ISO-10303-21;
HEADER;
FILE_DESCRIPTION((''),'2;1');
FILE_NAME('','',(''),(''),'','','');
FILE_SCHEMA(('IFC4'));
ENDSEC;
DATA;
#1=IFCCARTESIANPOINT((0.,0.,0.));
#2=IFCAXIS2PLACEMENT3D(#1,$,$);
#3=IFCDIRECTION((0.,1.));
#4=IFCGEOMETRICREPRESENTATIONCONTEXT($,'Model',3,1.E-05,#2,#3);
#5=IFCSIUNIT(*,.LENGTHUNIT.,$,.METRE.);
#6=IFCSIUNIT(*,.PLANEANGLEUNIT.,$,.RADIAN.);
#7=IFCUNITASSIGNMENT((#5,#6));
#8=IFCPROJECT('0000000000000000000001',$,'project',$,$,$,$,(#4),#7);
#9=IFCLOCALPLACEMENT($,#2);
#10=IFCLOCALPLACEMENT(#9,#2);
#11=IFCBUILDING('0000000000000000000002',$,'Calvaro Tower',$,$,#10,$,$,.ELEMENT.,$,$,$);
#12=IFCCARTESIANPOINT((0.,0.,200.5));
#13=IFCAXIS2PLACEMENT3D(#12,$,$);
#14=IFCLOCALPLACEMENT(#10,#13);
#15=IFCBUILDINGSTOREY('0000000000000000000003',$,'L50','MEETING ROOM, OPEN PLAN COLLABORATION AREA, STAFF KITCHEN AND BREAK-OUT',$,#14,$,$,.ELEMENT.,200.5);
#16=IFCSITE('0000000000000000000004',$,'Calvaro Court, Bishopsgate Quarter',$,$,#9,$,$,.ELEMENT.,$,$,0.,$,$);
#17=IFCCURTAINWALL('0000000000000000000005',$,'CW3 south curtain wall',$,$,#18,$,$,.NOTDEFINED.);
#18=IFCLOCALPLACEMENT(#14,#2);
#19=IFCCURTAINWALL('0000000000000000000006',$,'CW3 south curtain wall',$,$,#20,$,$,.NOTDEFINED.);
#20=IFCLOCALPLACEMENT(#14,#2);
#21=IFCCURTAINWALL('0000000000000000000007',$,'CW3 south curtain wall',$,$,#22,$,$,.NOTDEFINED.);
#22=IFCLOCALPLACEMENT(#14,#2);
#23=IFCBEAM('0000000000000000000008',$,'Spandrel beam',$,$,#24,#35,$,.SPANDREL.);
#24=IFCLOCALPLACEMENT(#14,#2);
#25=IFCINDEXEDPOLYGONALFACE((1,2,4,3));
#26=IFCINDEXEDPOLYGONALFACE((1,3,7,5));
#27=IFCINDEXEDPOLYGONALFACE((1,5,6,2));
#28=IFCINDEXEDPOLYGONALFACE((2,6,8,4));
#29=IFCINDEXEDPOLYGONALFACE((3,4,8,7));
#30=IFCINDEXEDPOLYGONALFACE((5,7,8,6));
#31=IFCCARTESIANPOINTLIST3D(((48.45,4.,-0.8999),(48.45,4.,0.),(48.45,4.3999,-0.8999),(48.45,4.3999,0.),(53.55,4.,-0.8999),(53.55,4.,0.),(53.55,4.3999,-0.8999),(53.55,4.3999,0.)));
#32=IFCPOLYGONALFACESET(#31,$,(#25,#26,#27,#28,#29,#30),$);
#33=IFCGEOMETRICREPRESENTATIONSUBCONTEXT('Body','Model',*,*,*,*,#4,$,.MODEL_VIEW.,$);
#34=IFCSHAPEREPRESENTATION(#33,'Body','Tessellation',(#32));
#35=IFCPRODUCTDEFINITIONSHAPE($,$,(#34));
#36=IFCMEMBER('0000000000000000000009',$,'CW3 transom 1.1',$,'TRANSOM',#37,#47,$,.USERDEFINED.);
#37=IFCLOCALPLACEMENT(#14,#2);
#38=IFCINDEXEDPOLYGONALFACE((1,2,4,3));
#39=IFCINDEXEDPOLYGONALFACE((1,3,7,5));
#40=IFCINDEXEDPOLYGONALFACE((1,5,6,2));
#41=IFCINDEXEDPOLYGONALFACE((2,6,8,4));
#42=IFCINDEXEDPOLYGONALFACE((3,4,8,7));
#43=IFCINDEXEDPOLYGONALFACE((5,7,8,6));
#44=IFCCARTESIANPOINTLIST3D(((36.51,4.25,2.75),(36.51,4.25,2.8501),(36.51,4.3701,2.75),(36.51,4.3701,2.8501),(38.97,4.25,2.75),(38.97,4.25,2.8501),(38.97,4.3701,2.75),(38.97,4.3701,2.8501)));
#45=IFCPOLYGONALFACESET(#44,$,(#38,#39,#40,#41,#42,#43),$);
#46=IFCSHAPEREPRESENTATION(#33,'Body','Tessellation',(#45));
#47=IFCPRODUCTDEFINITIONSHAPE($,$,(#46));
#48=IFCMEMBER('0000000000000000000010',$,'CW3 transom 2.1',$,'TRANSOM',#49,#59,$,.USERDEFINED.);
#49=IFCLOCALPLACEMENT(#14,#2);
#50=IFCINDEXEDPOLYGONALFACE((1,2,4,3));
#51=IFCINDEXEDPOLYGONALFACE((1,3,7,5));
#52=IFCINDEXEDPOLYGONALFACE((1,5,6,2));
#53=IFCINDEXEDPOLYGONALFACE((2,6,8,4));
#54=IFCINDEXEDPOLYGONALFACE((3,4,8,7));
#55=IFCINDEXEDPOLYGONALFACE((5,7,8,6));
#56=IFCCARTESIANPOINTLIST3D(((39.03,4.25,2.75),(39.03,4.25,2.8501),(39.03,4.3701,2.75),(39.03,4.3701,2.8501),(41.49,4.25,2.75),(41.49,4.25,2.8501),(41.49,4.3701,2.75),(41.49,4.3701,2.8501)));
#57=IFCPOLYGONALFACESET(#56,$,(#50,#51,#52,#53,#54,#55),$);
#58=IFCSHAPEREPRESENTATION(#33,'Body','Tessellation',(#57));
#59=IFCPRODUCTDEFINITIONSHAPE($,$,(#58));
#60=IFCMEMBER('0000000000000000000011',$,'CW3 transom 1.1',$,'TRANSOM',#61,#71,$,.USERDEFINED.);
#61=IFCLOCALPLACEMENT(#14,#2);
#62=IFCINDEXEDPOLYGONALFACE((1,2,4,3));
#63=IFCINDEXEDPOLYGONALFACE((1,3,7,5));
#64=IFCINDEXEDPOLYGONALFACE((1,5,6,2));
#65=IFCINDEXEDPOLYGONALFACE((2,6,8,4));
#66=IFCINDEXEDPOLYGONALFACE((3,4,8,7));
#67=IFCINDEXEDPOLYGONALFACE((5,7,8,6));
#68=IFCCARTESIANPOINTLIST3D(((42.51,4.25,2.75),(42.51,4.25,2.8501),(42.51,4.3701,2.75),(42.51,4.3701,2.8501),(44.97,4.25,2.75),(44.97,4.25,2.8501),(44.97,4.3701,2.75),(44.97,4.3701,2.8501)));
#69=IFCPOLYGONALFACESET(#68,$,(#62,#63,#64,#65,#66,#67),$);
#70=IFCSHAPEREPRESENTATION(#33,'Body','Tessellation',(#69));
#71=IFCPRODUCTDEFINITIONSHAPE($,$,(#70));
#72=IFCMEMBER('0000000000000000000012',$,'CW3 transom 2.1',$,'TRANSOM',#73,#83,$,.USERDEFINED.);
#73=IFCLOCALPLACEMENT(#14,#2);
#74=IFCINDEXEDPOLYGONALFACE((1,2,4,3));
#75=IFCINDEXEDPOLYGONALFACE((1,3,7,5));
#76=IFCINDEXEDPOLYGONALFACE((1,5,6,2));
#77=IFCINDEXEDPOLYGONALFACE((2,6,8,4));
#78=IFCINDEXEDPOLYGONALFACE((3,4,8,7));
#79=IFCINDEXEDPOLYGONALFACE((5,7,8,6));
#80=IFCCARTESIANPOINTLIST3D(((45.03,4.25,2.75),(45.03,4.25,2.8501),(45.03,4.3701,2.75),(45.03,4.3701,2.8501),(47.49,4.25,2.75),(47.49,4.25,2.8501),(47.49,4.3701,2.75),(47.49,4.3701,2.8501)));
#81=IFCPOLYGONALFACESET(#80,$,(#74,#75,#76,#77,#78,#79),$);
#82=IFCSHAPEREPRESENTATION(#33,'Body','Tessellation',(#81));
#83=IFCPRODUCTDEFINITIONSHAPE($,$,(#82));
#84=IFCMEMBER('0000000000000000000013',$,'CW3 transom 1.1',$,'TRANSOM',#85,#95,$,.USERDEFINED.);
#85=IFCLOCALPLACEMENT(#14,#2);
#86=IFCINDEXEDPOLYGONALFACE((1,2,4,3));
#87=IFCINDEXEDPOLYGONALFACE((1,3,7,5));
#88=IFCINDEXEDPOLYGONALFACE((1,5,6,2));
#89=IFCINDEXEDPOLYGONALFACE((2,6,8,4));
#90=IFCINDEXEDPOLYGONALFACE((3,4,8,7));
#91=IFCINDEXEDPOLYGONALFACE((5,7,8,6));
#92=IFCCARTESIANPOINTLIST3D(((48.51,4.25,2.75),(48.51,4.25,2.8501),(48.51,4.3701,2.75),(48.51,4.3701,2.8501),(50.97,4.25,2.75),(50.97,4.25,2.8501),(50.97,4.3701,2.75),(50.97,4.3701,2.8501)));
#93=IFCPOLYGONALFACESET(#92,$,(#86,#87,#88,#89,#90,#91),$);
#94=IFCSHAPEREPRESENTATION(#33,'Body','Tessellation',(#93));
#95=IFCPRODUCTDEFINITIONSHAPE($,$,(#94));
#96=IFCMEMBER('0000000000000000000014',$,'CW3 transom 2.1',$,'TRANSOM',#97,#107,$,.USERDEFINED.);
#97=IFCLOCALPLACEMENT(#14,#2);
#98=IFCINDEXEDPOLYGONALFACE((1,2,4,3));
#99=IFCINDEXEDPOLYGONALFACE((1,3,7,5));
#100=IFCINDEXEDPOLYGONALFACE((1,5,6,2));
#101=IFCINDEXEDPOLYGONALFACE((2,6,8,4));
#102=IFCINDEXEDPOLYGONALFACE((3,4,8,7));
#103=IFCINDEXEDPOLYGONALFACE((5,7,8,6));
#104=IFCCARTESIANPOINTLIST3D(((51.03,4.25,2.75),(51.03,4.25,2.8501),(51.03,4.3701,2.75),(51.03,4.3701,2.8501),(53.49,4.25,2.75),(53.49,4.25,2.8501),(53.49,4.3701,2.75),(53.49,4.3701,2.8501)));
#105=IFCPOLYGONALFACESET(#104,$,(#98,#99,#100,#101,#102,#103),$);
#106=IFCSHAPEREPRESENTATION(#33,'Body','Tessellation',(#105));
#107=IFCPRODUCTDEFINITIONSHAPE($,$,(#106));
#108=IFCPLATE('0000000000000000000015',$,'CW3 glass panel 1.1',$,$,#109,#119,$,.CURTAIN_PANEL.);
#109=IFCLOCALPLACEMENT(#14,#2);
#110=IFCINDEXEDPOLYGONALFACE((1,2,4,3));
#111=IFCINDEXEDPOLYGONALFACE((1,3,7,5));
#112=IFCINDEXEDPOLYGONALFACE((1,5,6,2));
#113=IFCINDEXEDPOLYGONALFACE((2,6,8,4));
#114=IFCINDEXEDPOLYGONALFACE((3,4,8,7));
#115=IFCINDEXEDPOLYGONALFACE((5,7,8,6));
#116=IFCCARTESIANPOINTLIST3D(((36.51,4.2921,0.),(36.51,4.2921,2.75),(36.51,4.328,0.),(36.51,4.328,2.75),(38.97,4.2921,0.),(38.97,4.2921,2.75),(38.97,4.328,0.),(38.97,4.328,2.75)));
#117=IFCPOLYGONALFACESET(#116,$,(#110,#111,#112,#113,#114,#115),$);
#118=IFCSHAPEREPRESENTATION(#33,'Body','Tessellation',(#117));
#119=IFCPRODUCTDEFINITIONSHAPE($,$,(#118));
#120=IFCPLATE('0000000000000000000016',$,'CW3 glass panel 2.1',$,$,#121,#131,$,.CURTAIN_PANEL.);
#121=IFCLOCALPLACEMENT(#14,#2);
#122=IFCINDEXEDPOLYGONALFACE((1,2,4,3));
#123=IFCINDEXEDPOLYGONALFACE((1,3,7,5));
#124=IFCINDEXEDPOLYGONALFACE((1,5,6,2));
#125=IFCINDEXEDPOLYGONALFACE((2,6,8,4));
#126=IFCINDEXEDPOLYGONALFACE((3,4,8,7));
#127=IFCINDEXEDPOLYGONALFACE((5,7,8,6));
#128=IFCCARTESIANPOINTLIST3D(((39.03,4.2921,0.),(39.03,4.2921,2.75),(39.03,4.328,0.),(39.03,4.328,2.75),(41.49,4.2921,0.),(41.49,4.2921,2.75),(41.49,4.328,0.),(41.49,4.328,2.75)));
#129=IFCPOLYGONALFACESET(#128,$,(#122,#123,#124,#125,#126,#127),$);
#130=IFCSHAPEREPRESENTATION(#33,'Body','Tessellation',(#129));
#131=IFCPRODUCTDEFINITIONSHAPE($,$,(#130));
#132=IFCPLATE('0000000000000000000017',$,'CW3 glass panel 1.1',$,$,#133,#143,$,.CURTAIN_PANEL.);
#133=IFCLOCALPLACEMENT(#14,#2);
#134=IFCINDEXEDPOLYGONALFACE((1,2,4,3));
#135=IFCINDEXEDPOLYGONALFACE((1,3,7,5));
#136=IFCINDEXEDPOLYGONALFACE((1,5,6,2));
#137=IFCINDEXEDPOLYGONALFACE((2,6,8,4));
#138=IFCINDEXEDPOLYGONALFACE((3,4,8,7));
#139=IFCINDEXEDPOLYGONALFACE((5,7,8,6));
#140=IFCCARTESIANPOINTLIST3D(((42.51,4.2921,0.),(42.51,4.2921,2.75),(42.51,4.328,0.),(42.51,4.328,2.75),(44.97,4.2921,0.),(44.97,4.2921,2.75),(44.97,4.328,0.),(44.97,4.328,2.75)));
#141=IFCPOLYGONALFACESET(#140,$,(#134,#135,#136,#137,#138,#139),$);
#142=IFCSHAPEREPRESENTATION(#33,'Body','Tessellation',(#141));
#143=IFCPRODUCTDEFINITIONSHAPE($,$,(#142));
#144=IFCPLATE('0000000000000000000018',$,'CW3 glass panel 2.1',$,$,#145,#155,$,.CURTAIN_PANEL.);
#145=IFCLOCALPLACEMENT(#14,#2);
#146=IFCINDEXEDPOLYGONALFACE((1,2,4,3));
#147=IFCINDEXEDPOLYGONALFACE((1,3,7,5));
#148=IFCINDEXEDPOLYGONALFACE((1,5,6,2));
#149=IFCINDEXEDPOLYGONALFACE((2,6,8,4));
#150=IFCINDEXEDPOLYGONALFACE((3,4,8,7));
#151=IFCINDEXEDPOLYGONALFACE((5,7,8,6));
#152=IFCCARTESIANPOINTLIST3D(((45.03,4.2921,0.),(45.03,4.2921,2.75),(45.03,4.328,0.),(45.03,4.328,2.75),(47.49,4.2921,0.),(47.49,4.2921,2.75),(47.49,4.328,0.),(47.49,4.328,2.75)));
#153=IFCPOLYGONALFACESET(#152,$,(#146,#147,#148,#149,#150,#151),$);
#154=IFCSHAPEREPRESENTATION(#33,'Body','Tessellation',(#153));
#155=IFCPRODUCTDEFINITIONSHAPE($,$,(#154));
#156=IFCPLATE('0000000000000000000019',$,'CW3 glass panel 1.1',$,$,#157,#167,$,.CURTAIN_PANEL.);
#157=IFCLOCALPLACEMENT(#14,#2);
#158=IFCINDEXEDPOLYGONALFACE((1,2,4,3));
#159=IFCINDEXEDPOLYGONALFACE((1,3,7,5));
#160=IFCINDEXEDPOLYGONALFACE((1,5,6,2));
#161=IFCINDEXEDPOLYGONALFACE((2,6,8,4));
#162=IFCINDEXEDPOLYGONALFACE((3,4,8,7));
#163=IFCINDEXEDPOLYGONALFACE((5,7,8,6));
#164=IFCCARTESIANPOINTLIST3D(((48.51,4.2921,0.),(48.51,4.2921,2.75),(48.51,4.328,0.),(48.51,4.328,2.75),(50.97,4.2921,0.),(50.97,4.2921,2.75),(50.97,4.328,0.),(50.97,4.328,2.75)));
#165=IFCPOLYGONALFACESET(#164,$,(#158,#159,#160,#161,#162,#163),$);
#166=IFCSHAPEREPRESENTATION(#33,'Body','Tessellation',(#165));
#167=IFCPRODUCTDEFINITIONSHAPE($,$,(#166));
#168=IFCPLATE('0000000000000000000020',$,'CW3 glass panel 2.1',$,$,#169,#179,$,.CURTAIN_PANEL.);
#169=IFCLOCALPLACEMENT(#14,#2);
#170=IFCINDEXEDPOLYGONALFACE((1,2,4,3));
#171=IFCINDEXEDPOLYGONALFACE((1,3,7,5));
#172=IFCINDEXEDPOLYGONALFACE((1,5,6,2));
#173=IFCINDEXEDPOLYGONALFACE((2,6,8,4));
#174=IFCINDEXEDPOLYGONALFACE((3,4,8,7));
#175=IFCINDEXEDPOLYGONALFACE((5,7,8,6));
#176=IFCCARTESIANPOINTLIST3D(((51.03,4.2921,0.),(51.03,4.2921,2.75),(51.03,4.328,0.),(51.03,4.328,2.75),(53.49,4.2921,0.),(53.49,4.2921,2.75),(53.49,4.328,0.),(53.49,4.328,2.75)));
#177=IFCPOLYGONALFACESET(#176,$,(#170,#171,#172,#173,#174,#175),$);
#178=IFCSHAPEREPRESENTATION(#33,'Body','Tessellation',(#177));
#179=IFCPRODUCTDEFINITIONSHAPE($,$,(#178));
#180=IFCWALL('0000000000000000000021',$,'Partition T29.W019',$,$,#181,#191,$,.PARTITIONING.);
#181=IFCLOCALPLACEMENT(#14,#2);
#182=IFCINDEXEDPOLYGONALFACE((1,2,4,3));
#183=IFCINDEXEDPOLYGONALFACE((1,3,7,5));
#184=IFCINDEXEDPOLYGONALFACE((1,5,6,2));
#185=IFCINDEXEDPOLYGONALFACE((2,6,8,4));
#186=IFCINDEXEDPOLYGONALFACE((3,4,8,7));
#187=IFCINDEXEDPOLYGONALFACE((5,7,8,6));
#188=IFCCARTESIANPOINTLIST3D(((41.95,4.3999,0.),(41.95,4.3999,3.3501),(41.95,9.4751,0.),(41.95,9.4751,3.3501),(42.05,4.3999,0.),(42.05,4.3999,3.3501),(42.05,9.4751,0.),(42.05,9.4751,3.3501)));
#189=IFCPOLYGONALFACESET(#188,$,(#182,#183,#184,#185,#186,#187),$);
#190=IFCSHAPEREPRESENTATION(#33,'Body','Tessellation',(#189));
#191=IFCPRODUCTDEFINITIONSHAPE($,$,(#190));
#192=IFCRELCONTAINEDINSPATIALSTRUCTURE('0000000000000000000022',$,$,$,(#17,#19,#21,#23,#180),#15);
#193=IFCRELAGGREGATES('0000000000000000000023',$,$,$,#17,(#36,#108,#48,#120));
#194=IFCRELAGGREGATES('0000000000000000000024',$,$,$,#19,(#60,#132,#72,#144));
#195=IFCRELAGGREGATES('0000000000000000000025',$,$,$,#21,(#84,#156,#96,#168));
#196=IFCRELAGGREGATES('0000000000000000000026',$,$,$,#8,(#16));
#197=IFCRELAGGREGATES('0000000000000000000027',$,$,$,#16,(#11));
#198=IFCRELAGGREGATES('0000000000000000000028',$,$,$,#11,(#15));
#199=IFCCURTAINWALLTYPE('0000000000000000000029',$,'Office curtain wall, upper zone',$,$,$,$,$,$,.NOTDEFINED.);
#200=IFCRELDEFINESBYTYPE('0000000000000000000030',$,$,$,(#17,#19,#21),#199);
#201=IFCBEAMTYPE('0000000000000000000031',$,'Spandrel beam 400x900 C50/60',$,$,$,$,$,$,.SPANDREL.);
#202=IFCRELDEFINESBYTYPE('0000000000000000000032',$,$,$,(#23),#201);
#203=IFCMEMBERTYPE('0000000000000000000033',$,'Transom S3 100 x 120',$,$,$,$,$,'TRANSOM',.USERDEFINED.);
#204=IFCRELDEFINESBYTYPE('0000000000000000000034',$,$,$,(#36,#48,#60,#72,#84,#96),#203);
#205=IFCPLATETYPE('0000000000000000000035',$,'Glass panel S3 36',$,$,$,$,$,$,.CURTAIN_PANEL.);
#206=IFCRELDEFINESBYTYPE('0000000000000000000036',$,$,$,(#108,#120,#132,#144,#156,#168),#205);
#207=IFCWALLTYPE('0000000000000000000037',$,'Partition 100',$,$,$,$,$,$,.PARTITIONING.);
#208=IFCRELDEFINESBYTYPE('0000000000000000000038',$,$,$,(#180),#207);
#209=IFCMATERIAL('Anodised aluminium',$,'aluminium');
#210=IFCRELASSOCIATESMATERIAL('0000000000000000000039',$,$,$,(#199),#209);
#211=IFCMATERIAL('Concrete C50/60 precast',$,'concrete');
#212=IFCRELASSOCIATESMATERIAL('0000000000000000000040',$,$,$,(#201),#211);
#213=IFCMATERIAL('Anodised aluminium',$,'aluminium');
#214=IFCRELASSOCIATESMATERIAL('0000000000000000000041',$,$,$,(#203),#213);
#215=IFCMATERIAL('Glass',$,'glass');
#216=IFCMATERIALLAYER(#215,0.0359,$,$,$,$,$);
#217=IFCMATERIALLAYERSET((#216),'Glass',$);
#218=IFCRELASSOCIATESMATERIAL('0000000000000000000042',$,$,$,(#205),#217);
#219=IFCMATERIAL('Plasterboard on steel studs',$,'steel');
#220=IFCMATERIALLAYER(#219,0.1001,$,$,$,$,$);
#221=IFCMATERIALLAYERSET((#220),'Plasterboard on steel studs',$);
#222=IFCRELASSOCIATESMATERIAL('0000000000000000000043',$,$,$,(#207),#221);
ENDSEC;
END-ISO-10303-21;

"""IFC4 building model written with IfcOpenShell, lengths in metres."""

from ifc_helpers import new_model, si_unit, direction, frame, frame_2d, origin, origin_2d, place, context, subcontext, project, spatial, rectangle, extrude, material, layer, layer_set, material_profile, profile_set, type_object, element, aggregate, save


model = new_model("IFC4")

# Units and contexts
model_context = context("Model", 3, precision=1e-05, world=origin(), true_north=direction((0.0, 1.0)))
body_context = subcontext(model_context, "Body", "Model", "MODEL_VIEW")
ifc_project = project(units=[si_unit("LENGTHUNIT", "METRE"), si_unit("PLANEANGLEUNIT", "RADIAN")], contexts=[model_context])

# Site, building, storey
site_placement = place(None, origin())
site = spatial("IfcSite", under=ifc_project, at=site_placement, Name="Calvaro Court, Bishopsgate Quarter", CompositionType="ELEMENT", RefElevation=0.0)
building_placement = place(site_placement, origin())
building = spatial("IfcBuilding", under=site, at=building_placement, Name="Calvaro Tower", CompositionType="ELEMENT")
storey_placement = place(building_placement, frame((0.0, 0.0, 200.5)))
storey = spatial("IfcBuildingStorey", under=building, at=storey_placement, Name="L50", Description="MEETING ROOM, OPEN PLAN COLLABORATION AREA, STAFF KITCHEN AND BREAK-OUT", CompositionType="ELEMENT", Elevation=200.5)

# Shared definitions
ifc_material_1 = material(Name="Anodised aluminium", Category="aluminium")
curtain_wall_type = type_object("IfcCurtainWallType", Name="Office curtain wall, upper zone", PredefinedType="NOTDEFINED", material=ifc_material_1)

# Curtain walls
curtain_wall_1_placement = place(storey_placement, origin())
curtain_wall_1 = element("IfcCurtainWall", 1, at=curtain_wall_1_placement, inside=storey, type_object=curtain_wall_type, Name="CW3 south curtain wall", PredefinedType="NOTDEFINED")
curtain_wall_2_placement = place(storey_placement, origin())
curtain_wall_2 = element("IfcCurtainWall", 2, at=curtain_wall_2_placement, inside=storey, type_object=curtain_wall_type, Name="CW3 south curtain wall", PredefinedType="NOTDEFINED")
curtain_wall_3_placement = place(storey_placement, origin())
curtain_wall_3 = element("IfcCurtainWall", 3, at=curtain_wall_3_placement, inside=storey, type_object=curtain_wall_type, Name="CW3 south curtain wall", PredefinedType="NOTDEFINED")

# Beam
ifc_material_2 = material(Name="Concrete C50/60 precast", Category="concrete")
ifc_material_profile_1 = material_profile(ifc_material_2, rectangle(XDim=0.3999, YDim=0.8999, at=origin_2d()), Name="RC 400x900")
ifc_profile_set_1 = profile_set([ifc_material_profile_1], Name="Concrete C50/60 precast")
beam_type = type_object("IfcBeamType", Name="Spandrel beam 400x900 C50/60", PredefinedType="SPANDREL", material=ifc_profile_set_1)
for number, where, z_axis, x_axis, name in (
    (4, (48.45, 4.2, -0.45), (1.0, 0.0, 0.0), (0.0, 1.0, 0.0), "Spandrel beam"),
):
    element("IfcBeam", number, at=place(storey_placement, frame(where, z_axis=z_axis, x_axis=x_axis)), inside=storey, type_object=beam_type, Name=name, PredefinedType="SPANDREL", context=body_context, shape_type="SweptSolid", body=[
        extrude(rectangle(XDim=0.3999, YDim=0.8999, at=origin_2d()), origin(), (0.0, 0.0, 1.0), 5.1001),
    ])

# Members
ifc_material_3 = material(Name="Anodised aluminium", Category="aluminium")
ifc_material_profile_2 = material_profile(ifc_material_3, rectangle(XDim=0.1201, YDim=0.1001, at=origin_2d()), Name="Transom S3 100 x 120")
ifc_profile_set_2 = profile_set([ifc_material_profile_2], Name="Anodised aluminium")
member_type_1 = type_object("IfcMemberType", Name="Transom S3 100 x 120", ElementType="TRANSOM", PredefinedType="USERDEFINED", material=ifc_profile_set_2)
member_1_placement = place(storey_placement, frame((36.51, 4.3101, 2.8), z_axis=(1.0, 0.0, 0.0), x_axis=(0.0, 1.0, 0.0)))
member_1 = element("IfcMember", 5, at=member_1_placement, type_object=member_type_1, Name="CW3 transom 1.1", ObjectType="TRANSOM", PredefinedType="USERDEFINED", context=body_context, shape_type="SweptSolid", body=[
    extrude(rectangle(XDim=0.1201, YDim=0.1001, at=origin_2d()), origin(), (0.0, 0.0, 1.0), 2.46),
])
member_2_placement = place(storey_placement, frame((39.03, 4.3101, 2.8), z_axis=(1.0, 0.0, 0.0), x_axis=(0.0, 1.0, 0.0)))
member_2 = element("IfcMember", 6, at=member_2_placement, type_object=member_type_1, Name="CW3 transom 2.1", ObjectType="TRANSOM", PredefinedType="USERDEFINED", context=body_context, shape_type="SweptSolid", body=[
    extrude(rectangle(XDim=0.1201, YDim=0.1001, at=origin_2d()), origin(), (0.0, 0.0, 1.0), 2.46),
])
member_3_placement = place(storey_placement, frame((42.51, 4.3101, 2.8), z_axis=(1.0, 0.0, 0.0), x_axis=(0.0, 1.0, 0.0)))
member_3 = element("IfcMember", 7, at=member_3_placement, type_object=member_type_1, Name="CW3 transom 1.1", ObjectType="TRANSOM", PredefinedType="USERDEFINED", context=body_context, shape_type="SweptSolid", body=[
    extrude(rectangle(XDim=0.1201, YDim=0.1001, at=origin_2d()), origin(), (0.0, 0.0, 1.0), 2.46),
])
member_4_placement = place(storey_placement, frame((45.03, 4.3101, 2.8), z_axis=(1.0, 0.0, 0.0), x_axis=(0.0, 1.0, 0.0)))
member_4 = element("IfcMember", 8, at=member_4_placement, type_object=member_type_1, Name="CW3 transom 2.1", ObjectType="TRANSOM", PredefinedType="USERDEFINED", context=body_context, shape_type="SweptSolid", body=[
    extrude(rectangle(XDim=0.1201, YDim=0.1001, at=origin_2d()), origin(), (0.0, 0.0, 1.0), 2.46),
])
member_5_placement = place(storey_placement, frame((48.51, 4.3101, 2.8), z_axis=(1.0, 0.0, 0.0), x_axis=(0.0, 1.0, 0.0)))
member_5 = element("IfcMember", 9, at=member_5_placement, type_object=member_type_1, Name="CW3 transom 1.1", ObjectType="TRANSOM", PredefinedType="USERDEFINED", context=body_context, shape_type="SweptSolid", body=[
    extrude(rectangle(XDim=0.1201, YDim=0.1001, at=origin_2d()), origin(), (0.0, 0.0, 1.0), 2.46),
])
member_6_placement = place(storey_placement, frame((51.03, 4.3101, 2.8), z_axis=(1.0, 0.0, 0.0), x_axis=(0.0, 1.0, 0.0)))
member_6 = element("IfcMember", 10, at=member_6_placement, type_object=member_type_1, Name="CW3 transom 2.1", ObjectType="TRANSOM", PredefinedType="USERDEFINED", context=body_context, shape_type="SweptSolid", body=[
    extrude(rectangle(XDim=0.1201, YDim=0.1001, at=origin_2d()), origin(), (0.0, 0.0, 1.0), 2.46),
])

# Plates
ifc_material_4 = material(Name="Glass", Category="glass")
ifc_layer_1 = layer(ifc_material_4, 0.0359)
ifc_layer_set_1 = layer_set([ifc_layer_1], Name="Glass")
plate_type = type_object("IfcPlateType", Name="Glass panel S3 36", PredefinedType="CURTAIN_PANEL", material=ifc_layer_set_1)
plate_1_placement = place(storey_placement, frame((37.74, 4.3101, 0.0), z_axis=(0.0, 0.0, 1.0), x_axis=(1.0, 0.0, 0.0)))
plate_1 = element("IfcPlate", 11, at=plate_1_placement, type_object=plate_type, Name="CW3 glass panel 1.1", PredefinedType="CURTAIN_PANEL", context=body_context, shape_type="SweptSolid", body=[
    extrude(rectangle(XDim=2.46, YDim=0.0359, at=origin_2d()), origin(), (0.0, 0.0, 1.0), 2.75),
])
plate_2_placement = place(storey_placement, frame((40.26, 4.3101, 0.0), z_axis=(0.0, 0.0, 1.0), x_axis=(1.0, 0.0, 0.0)))
plate_2 = element("IfcPlate", 12, at=plate_2_placement, type_object=plate_type, Name="CW3 glass panel 2.1", PredefinedType="CURTAIN_PANEL", context=body_context, shape_type="SweptSolid", body=[
    extrude(rectangle(XDim=2.46, YDim=0.0359, at=origin_2d()), origin(), (0.0, 0.0, 1.0), 2.75),
])
aggregate(curtain_wall_1, [member_1, plate_1, member_2, plate_2])
plate_3_placement = place(storey_placement, frame((43.74, 4.3101, 0.0), z_axis=(0.0, 0.0, 1.0), x_axis=(1.0, 0.0, 0.0)))
plate_3 = element("IfcPlate", 13, at=plate_3_placement, type_object=plate_type, Name="CW3 glass panel 1.1", PredefinedType="CURTAIN_PANEL", context=body_context, shape_type="SweptSolid", body=[
    extrude(rectangle(XDim=2.46, YDim=0.0359, at=origin_2d()), origin(), (0.0, 0.0, 1.0), 2.75),
])
plate_4_placement = place(storey_placement, frame((46.26, 4.3101, 0.0), z_axis=(0.0, 0.0, 1.0), x_axis=(1.0, 0.0, 0.0)))
plate_4 = element("IfcPlate", 14, at=plate_4_placement, type_object=plate_type, Name="CW3 glass panel 2.1", PredefinedType="CURTAIN_PANEL", context=body_context, shape_type="SweptSolid", body=[
    extrude(rectangle(XDim=2.46, YDim=0.0359, at=origin_2d()), origin(), (0.0, 0.0, 1.0), 2.75),
])
aggregate(curtain_wall_2, [member_3, plate_3, member_4, plate_4])
plate_5_placement = place(storey_placement, frame((49.74, 4.3101, 0.0), z_axis=(0.0, 0.0, 1.0), x_axis=(1.0, 0.0, 0.0)))
plate_5 = element("IfcPlate", 15, at=plate_5_placement, type_object=plate_type, Name="CW3 glass panel 1.1", PredefinedType="CURTAIN_PANEL", context=body_context, shape_type="SweptSolid", body=[
    extrude(rectangle(XDim=2.46, YDim=0.0359, at=origin_2d()), origin(), (0.0, 0.0, 1.0), 2.75),
])
plate_6_placement = place(storey_placement, frame((52.26, 4.3101, 0.0), z_axis=(0.0, 0.0, 1.0), x_axis=(1.0, 0.0, 0.0)))
plate_6 = element("IfcPlate", 16, at=plate_6_placement, type_object=plate_type, Name="CW3 glass panel 2.1", PredefinedType="CURTAIN_PANEL", context=body_context, shape_type="SweptSolid", body=[
    extrude(rectangle(XDim=2.46, YDim=0.0359, at=origin_2d()), origin(), (0.0, 0.0, 1.0), 2.75),
])
aggregate(curtain_wall_3, [member_5, plate_5, member_6, plate_6])

# Wall
ifc_material_5 = material(Name="Plasterboard on steel studs", Category="steel")
ifc_layer_2 = layer(ifc_material_5, 0.1001)
ifc_layer_set_2 = layer_set([ifc_layer_2], Name="Plasterboard on steel studs")
wall_type = type_object("IfcWallType", Name="Partition 100", PredefinedType="PARTITIONING", material=ifc_layer_set_2)
wall_placement = place(storey_placement, frame((42.0, 4.3999, 0.0), z_axis=(0.0, 0.0, 1.0), x_axis=(0.0, 1.0, 0.0)))
element("IfcWall", 17, at=wall_placement, inside=storey, type_object=wall_type, Name="Partition T29.W019", PredefinedType="PARTITIONING", context=body_context, shape_type="SweptSolid", body=[
    extrude(rectangle(XDim=5.0752, YDim=0.1001, at=frame_2d((2.5376, 0.0))), origin(), (0.0, 0.0, 1.0), 3.3501),
])

save(model, "model.ifc")
